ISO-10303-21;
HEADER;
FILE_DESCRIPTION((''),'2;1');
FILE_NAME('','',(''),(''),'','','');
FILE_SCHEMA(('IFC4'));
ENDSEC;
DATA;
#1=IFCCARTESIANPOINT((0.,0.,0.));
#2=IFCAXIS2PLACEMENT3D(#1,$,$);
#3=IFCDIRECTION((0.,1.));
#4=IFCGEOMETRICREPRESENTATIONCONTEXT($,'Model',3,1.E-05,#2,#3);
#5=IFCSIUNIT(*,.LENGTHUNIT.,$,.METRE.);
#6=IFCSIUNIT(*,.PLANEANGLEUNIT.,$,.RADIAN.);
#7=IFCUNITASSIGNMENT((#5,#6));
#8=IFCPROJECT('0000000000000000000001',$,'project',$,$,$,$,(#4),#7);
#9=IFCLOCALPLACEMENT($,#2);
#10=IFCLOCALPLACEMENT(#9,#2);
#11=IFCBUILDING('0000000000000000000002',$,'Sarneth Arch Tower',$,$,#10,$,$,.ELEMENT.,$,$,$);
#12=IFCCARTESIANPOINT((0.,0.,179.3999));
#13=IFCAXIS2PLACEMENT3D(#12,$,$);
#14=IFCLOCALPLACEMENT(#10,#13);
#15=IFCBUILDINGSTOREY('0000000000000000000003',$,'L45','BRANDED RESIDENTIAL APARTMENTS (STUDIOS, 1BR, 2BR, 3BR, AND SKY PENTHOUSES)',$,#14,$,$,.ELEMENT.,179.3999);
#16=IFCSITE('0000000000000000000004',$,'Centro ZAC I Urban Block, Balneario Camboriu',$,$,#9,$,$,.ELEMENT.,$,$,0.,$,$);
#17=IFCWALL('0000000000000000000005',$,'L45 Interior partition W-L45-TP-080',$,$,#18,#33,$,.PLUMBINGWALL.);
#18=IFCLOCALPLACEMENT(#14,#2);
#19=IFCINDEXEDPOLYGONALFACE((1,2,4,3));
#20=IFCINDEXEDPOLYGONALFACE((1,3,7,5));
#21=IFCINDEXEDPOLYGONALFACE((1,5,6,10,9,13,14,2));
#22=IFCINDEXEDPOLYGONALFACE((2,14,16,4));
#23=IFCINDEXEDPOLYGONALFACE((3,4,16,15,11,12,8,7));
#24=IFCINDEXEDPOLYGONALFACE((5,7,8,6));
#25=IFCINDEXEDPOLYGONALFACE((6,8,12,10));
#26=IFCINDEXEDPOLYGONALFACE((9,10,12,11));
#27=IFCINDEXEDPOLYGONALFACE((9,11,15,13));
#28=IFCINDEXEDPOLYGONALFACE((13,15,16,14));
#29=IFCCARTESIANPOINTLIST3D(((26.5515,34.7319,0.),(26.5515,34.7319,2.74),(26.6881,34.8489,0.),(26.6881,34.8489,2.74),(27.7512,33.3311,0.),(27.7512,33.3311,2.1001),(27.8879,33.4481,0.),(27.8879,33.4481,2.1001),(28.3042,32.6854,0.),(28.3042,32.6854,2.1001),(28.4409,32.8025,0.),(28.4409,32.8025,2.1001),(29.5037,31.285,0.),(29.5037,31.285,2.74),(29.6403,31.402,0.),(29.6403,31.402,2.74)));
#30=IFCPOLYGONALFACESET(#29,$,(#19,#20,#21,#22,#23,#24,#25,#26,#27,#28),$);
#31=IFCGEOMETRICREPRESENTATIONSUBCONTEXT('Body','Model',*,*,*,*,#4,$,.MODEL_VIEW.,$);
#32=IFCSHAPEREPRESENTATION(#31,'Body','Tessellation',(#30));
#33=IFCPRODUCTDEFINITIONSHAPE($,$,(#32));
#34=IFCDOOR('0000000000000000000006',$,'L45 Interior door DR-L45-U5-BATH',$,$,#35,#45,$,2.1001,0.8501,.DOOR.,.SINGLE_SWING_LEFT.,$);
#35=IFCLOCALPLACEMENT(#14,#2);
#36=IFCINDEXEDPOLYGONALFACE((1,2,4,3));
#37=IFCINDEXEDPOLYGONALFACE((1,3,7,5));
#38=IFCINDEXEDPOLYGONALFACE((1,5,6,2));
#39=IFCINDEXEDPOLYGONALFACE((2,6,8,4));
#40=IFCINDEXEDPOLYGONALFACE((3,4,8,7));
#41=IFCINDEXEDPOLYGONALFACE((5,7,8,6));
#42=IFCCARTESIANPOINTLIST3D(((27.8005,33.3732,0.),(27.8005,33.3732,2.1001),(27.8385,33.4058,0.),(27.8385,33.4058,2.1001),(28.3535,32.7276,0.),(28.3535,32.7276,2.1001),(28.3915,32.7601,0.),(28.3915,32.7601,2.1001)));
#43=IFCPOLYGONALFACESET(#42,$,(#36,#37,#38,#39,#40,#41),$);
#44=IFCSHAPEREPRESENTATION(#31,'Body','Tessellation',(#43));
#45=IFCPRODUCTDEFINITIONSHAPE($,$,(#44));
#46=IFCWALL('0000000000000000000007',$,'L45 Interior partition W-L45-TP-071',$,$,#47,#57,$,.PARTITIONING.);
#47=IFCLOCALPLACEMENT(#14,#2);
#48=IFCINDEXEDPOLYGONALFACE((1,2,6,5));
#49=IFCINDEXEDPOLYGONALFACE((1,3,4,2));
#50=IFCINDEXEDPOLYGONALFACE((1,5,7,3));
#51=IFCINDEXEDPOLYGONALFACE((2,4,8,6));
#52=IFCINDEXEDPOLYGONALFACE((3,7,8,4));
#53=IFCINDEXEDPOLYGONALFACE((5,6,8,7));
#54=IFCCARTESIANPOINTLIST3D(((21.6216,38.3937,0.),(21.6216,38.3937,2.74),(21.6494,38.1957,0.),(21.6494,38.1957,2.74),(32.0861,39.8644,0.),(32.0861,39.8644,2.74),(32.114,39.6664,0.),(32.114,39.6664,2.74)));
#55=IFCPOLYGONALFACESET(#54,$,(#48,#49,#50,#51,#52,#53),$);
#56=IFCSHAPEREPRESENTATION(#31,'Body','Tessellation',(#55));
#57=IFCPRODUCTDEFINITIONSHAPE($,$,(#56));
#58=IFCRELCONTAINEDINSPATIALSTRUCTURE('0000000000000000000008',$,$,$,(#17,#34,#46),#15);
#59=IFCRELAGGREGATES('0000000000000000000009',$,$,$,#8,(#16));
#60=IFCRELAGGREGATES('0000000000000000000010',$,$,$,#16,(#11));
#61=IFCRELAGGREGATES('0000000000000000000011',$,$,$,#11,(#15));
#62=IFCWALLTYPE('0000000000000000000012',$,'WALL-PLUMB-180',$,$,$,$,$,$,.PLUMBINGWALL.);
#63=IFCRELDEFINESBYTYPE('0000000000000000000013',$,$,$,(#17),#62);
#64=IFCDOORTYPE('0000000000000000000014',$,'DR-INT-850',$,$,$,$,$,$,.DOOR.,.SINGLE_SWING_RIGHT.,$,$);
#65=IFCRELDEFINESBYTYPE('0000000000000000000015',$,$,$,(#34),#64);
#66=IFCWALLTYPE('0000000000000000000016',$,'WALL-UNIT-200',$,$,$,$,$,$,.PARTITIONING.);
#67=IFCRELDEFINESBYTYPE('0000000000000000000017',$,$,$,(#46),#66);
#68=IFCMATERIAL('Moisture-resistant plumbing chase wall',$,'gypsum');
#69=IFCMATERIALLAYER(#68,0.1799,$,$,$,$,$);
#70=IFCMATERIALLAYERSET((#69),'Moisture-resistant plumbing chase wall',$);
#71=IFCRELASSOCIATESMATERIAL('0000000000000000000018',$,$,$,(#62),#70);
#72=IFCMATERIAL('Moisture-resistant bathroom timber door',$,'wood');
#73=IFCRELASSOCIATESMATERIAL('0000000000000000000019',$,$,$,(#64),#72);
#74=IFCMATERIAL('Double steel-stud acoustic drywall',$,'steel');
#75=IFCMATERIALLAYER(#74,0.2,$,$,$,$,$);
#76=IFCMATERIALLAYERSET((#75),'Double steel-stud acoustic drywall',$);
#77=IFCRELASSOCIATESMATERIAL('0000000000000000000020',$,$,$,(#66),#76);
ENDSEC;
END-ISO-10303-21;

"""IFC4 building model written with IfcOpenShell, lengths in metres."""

from ifc_helpers import new_model, si_unit, direction, frame, frame_2d, origin, place, context, subcontext, project, spatial, rectangle, extrude, material, layer, layer_set, type_object, element, fill, save


model = new_model("IFC4")

# Units and contexts
model_context = context("Model", 3, precision=1e-05, world=origin(), true_north=direction((0.0, 1.0)))
body_context = subcontext(model_context, "Body", "Model", "MODEL_VIEW")
ifc_project = project(units=[si_unit("LENGTHUNIT", "METRE"), si_unit("PLANEANGLEUNIT", "RADIAN")], contexts=[model_context])

# Site, building, storey
site_placement = place(None, origin())
site = spatial("IfcSite", under=ifc_project, at=site_placement, Name="Centro ZAC I Urban Block, Balneario Camboriu", CompositionType="ELEMENT", RefElevation=0.0)
building_placement = place(site_placement, origin())
building = spatial("IfcBuilding", under=site, at=building_placement, Name="Sarneth Arch Tower", CompositionType="ELEMENT")
storey_placement = place(building_placement, frame((0.0, 0.0, 179.3999)))
storey = spatial("IfcBuildingStorey", under=building, at=storey_placement, Name="L45", Description="BRANDED RESIDENTIAL APARTMENTS (STUDIOS, 1BR, 2BR, 3BR, AND SKY PENTHOUSES)", CompositionType="ELEMENT", Elevation=179.3999)

# Wall, opening, door
ifc_material_1 = material(Name="Moisture-resistant plumbing chase wall", Category="gypsum")
ifc_layer_1 = layer(ifc_material_1, 0.1799)
ifc_layer_set_1 = layer_set([ifc_layer_1], Name="Moisture-resistant plumbing chase wall")
wall_type_1 = type_object("IfcWallType", Name="WALL-PLUMB-180", PredefinedType="PLUMBINGWALL", material=ifc_layer_set_1)
wall_1_placement = place(storey_placement, frame((26.6199, 34.7903, 0.0), z_axis=(0.0, 0.0, 1.0), x_axis=(0.650508, -0.7595, 0.0)))
wall_1 = element("IfcWall", 1, at=wall_1_placement, inside=storey, type_object=wall_type_1, Name="L45 Interior partition W-L45-TP-080", PredefinedType="PLUMBINGWALL", context=body_context, shape_type="SweptSolid", body=[
    extrude(rectangle(XDim=4.5383, YDim=0.1799, at=frame_2d((2.269, 0.0))), origin(), (0.0, 0.0, 1.0), 2.74),
])
opening_1_placement = place(wall_1_placement, frame((1.8442, 0.0, 0.0)))
opening_1 = element("IfcOpeningElement", 2, at=opening_1_placement, cuts=wall_1, PredefinedType="OPENING", context=body_context, shape_type="SweptSolid", body=[
    extrude(rectangle(XDim=0.8501, YDim=2.1001, at=frame_2d((0.425, 1.05))), frame((0.0, 0.0999, 0.0), z_axis=(0.0, -1.0, 0.0), x_axis=(1.0, 0.0, 0.0)), (0.0, 0.0, 1.0), 0.2),
])
ifc_material_2 = material(Name="Moisture-resistant bathroom timber door", Category="wood")
door_type_1 = type_object("IfcDoorType", Name="DR-INT-850", OperationType="SINGLE_SWING_RIGHT", PredefinedType="DOOR", material=ifc_material_2)
door_1_placement = place(opening_1_placement, origin())
door_1 = element("IfcDoor", 3, at=door_1_placement, inside=storey, type_object=door_type_1, Name="L45 Interior door DR-L45-U5-BATH", OperationType="SINGLE_SWING_LEFT", OverallHeight=2.1001, OverallWidth=0.8501, PredefinedType="DOOR", context=body_context, shape_type="SweptSolid", body=[
    extrude(rectangle(XDim=0.8501, YDim=2.1001, at=frame_2d((0.425, 1.05))), frame((0.0, 0.0249, 0.0), z_axis=(0.0, -1.0, 0.0), x_axis=(1.0, 0.0, 0.0)), (0.0, 0.0, 1.0), 0.05),
])
fill(opening_1, door_1)

# Wall
ifc_material_3 = material(Name="Double steel-stud acoustic drywall", Category="steel")
ifc_layer_2 = layer(ifc_material_3, 0.2)
ifc_layer_set_2 = layer_set([ifc_layer_2], Name="Double steel-stud acoustic drywall")
wall_type_2 = type_object("IfcWallType", Name="WALL-UNIT-200", PredefinedType="PARTITIONING", material=ifc_layer_set_2)
wall_2_placement = place(storey_placement, frame((21.6355, 38.2947, 0.0), z_axis=(0.0, 0.0, 1.0), x_axis=(0.990268, 0.139173, 0.0)))
element("IfcWall", 4, at=wall_2_placement, inside=storey, type_object=wall_type_2, Name="L45 Interior partition W-L45-TP-071", PredefinedType="PARTITIONING", context=body_context, shape_type="SweptSolid", body=[
    extrude(rectangle(XDim=10.5674, YDim=0.2, at=frame_2d((5.2837, 0.0))), origin(), (0.0, 0.0, 1.0), 2.74),
])

save(model, "model.ifc")
